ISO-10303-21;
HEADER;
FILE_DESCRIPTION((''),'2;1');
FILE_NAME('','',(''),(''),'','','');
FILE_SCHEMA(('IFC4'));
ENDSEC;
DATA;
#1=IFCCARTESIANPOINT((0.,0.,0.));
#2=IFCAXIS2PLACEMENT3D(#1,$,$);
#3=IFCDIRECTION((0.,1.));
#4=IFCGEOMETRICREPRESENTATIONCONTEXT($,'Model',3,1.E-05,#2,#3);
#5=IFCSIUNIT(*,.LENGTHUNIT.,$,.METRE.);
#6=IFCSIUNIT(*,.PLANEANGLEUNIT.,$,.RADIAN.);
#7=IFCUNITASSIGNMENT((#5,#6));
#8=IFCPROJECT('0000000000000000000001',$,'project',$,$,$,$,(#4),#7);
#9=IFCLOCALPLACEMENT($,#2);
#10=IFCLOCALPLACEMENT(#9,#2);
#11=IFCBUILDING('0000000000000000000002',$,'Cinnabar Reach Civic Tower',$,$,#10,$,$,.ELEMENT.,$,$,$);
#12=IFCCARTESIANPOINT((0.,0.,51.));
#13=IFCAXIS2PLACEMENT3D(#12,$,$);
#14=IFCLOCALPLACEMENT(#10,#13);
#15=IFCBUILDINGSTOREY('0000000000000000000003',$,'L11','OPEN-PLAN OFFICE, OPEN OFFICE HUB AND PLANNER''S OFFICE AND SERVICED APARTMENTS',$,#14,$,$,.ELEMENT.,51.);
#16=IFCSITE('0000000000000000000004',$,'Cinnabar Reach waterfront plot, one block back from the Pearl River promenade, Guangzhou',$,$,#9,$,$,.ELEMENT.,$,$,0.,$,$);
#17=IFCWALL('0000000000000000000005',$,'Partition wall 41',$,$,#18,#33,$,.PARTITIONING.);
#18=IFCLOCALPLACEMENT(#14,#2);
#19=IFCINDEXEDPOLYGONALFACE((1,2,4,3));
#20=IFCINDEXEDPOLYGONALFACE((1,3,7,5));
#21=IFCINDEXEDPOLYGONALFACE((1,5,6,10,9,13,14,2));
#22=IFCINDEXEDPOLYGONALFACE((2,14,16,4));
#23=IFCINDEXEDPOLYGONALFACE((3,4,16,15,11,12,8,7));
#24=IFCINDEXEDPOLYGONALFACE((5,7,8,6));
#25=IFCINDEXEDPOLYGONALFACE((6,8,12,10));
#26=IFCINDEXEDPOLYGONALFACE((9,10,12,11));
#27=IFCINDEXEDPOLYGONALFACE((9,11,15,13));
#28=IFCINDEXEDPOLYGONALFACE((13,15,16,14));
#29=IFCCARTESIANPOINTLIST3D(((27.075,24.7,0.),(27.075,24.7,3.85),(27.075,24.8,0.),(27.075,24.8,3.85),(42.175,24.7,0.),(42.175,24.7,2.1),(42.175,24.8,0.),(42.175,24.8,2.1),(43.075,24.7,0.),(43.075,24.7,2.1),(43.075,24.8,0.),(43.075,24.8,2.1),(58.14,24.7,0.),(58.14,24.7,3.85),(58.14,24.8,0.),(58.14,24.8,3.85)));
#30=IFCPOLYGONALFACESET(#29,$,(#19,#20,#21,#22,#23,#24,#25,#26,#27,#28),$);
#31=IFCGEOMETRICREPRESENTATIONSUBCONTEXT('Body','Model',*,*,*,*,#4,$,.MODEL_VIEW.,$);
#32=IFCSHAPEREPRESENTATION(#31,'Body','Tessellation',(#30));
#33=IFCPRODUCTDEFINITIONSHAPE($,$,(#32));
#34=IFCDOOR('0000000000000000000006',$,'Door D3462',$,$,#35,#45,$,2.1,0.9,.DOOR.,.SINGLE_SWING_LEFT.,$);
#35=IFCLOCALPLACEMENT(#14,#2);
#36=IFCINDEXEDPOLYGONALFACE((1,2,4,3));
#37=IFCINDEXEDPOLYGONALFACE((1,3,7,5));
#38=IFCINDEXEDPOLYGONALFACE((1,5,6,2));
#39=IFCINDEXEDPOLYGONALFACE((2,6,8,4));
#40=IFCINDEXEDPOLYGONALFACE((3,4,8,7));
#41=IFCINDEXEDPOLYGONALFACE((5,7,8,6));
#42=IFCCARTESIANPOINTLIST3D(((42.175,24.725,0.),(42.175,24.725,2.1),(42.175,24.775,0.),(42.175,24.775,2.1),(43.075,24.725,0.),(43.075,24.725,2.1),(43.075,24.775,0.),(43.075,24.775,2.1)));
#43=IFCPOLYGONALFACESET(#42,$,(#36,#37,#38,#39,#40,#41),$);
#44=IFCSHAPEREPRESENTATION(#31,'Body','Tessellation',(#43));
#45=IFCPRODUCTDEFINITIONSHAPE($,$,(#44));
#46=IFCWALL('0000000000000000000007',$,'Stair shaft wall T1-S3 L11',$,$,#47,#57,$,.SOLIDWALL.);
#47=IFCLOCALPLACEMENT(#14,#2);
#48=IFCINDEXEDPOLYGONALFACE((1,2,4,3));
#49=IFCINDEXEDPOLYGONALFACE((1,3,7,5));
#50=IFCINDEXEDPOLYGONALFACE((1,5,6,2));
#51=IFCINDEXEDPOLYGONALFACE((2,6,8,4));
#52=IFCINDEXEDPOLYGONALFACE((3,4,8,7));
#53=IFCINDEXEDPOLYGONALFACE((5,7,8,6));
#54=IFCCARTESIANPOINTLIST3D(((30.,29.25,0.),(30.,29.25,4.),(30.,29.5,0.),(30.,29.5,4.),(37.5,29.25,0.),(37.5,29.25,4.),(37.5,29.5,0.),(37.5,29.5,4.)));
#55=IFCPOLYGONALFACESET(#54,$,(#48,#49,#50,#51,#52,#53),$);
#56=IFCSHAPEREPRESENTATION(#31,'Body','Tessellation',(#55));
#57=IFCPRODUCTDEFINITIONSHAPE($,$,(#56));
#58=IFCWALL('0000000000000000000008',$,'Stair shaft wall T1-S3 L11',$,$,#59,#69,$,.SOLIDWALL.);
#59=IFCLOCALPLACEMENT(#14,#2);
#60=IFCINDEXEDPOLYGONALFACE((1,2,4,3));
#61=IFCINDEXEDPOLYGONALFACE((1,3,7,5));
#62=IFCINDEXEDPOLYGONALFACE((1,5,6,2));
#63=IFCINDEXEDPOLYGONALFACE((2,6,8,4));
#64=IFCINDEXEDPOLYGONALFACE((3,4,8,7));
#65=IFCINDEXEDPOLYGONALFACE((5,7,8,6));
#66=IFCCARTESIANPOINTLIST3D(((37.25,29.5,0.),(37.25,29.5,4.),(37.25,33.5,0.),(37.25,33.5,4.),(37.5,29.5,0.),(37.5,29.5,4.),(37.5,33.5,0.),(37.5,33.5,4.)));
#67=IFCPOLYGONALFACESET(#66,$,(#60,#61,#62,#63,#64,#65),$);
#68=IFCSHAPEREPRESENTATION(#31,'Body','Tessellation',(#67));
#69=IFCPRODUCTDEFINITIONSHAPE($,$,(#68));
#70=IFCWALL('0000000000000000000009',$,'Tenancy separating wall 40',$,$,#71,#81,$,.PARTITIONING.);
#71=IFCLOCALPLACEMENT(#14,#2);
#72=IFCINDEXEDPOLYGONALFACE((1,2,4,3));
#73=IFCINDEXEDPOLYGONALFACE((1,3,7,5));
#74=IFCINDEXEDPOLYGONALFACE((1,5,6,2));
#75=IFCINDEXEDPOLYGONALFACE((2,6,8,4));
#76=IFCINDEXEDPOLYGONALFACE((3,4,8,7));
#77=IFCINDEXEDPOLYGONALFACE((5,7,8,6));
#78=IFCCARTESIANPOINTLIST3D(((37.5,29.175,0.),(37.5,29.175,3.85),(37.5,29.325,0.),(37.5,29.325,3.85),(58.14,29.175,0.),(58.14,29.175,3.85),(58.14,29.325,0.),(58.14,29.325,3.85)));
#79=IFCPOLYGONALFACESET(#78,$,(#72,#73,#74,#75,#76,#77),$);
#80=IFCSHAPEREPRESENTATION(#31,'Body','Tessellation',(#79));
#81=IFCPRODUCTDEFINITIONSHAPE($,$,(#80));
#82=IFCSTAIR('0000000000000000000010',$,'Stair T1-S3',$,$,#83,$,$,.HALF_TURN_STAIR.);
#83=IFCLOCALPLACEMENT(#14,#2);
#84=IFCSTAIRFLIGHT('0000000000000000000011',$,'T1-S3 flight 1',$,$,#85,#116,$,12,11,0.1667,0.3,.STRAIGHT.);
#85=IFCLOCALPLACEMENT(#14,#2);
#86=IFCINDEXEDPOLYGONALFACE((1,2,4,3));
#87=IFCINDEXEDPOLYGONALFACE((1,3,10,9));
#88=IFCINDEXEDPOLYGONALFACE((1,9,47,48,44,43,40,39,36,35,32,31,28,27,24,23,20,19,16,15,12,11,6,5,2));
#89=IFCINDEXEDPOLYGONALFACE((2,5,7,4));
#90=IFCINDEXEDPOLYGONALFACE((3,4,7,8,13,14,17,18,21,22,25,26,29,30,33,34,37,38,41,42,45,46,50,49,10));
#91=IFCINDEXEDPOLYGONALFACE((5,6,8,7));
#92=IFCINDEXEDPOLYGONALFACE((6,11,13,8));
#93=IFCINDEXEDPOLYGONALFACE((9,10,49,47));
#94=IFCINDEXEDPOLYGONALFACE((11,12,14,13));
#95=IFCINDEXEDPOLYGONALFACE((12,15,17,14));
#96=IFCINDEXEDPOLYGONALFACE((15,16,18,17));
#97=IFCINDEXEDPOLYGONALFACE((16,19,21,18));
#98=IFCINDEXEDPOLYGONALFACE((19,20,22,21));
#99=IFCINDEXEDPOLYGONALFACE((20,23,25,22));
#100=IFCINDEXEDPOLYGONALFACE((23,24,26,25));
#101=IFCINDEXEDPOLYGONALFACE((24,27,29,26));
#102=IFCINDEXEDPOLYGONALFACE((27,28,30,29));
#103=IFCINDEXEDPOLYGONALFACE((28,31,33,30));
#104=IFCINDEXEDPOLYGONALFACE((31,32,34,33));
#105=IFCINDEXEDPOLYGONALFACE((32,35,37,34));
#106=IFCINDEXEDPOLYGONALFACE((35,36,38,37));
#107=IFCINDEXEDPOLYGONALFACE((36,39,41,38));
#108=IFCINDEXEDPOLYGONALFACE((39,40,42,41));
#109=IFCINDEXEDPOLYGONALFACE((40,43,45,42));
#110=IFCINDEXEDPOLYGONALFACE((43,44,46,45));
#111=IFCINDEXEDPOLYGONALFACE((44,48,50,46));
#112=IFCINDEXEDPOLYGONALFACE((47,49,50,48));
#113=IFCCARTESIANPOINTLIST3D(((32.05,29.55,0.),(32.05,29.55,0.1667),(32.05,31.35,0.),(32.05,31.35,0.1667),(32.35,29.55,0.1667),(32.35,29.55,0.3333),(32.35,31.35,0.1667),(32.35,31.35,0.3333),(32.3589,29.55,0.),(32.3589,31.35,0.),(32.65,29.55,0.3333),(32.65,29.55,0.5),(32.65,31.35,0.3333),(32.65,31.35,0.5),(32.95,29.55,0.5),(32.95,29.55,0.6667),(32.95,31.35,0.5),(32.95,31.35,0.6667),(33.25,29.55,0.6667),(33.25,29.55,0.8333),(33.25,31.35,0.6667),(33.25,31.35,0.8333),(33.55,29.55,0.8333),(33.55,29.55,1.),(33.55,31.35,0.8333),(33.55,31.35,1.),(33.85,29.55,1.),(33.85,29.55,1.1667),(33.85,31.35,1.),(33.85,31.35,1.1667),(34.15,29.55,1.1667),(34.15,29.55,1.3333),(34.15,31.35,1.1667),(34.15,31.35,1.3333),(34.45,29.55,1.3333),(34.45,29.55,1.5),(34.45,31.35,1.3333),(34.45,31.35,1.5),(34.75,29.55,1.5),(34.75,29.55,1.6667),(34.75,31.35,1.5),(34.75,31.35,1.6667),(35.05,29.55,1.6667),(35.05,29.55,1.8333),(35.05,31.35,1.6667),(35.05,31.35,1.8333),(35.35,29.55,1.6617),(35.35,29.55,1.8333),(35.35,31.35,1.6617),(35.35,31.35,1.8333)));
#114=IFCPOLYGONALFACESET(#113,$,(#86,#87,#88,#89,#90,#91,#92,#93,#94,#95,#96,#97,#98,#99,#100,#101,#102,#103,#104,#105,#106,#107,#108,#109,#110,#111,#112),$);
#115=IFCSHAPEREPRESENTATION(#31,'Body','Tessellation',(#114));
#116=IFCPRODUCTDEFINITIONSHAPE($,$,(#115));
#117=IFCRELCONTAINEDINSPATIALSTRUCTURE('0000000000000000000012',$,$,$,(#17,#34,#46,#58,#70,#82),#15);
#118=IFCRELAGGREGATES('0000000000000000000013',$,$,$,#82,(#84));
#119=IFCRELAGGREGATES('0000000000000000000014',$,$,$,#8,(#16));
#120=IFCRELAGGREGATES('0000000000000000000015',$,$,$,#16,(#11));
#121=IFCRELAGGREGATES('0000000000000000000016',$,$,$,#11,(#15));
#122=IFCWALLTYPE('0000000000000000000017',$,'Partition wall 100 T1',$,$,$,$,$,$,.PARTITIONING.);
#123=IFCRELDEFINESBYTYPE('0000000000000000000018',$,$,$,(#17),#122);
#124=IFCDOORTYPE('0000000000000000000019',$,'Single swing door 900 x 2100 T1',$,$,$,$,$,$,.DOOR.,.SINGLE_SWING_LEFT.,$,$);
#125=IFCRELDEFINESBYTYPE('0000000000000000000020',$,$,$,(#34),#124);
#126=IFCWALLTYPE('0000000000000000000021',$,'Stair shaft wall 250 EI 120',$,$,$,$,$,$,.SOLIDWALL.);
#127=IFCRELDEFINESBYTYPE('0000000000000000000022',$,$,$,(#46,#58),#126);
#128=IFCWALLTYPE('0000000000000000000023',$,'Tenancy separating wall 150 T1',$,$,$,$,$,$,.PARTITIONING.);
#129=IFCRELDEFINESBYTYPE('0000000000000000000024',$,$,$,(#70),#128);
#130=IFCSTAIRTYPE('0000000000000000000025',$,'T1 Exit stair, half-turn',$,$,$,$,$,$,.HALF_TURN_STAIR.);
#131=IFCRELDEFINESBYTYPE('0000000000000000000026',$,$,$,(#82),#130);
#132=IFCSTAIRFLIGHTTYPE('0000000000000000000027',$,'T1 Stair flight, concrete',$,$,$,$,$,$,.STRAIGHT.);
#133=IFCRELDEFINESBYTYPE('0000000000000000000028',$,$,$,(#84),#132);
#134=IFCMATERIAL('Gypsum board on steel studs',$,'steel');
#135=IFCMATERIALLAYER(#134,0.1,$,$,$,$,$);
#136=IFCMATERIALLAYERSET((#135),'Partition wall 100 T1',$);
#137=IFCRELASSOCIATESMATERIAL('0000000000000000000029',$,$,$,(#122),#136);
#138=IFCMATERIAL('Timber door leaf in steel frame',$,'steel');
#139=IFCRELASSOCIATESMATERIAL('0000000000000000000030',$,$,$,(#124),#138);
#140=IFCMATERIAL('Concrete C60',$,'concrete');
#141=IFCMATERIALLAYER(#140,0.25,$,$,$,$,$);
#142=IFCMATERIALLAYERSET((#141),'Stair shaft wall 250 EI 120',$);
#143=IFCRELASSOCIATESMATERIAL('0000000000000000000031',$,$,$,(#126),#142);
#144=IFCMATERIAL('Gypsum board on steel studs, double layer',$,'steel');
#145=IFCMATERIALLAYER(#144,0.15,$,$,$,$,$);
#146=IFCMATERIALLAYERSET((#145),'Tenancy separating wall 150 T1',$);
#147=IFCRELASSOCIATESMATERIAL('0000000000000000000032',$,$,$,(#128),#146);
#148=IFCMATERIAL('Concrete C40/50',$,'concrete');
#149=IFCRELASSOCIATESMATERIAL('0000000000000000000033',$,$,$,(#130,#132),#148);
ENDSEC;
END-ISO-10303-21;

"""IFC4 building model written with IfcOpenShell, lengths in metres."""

from ifc_helpers import new_model, si_unit, direction, frame, frame_2d, origin, place, context, subcontext, project, spatial, polyline, rectangle, outline, extrude, material, layer, layer_set, type_object, element, fill, aggregate, save


model = new_model("IFC4")

# Units and contexts
model_context = context("Model", 3, precision=1e-05, world=origin(), true_north=direction((0.0, 1.0)))
body_context = subcontext(model_context, "Body", "Model", "MODEL_VIEW")
ifc_project = project(units=[si_unit("LENGTHUNIT", "METRE"), si_unit("PLANEANGLEUNIT", "RADIAN")], contexts=[model_context])

# Site, building, storey
site_placement = place(None, origin())
site = spatial("IfcSite", under=ifc_project, at=site_placement, Name="Cinnabar Reach waterfront plot, one block back from the Pearl River promenade, Guangzhou", CompositionType="ELEMENT", RefElevation=0.0)
building_placement = place(site_placement, origin())
building = spatial("IfcBuilding", under=site, at=building_placement, Name="Cinnabar Reach Civic Tower", CompositionType="ELEMENT")
storey_placement = place(building_placement, frame((0.0, 0.0, 51.0)))
storey = spatial("IfcBuildingStorey", under=building, at=storey_placement, Name="L11", Description="OPEN-PLAN OFFICE, OPEN OFFICE HUB AND PLANNER'S OFFICE AND SERVICED APARTMENTS", CompositionType="ELEMENT", Elevation=51.0)

# Shared definitions
ifc_material_1 = material(Name="Gypsum board on steel studs, double layer", Category="steel")

# Wall, opening, door
ifc_material_2 = material(Name="Gypsum board on steel studs", Category="steel")
ifc_layer_1 = layer(ifc_material_2, 0.1)
ifc_layer_set_1 = layer_set([ifc_layer_1], Name="Partition wall 100 T1")
wall_type_1 = type_object("IfcWallType", Name="Partition wall 100 T1", PredefinedType="PARTITIONING", material=ifc_layer_set_1)
wall_1_placement = place(storey_placement, frame((27.075, 24.75, 0.0), z_axis=(0.0, 0.0, 1.0), x_axis=(1.0, 0.0, 0.0)))
wall_1 = element("IfcWall", 1, at=wall_1_placement, inside=storey, type_object=wall_type_1, Name="Partition wall 41", PredefinedType="PARTITIONING", context=body_context, shape_type="SweptSolid", body=[
    extrude(rectangle(XDim=31.065, YDim=0.1, at=frame_2d((15.5325, 0.0))), origin(), (0.0, 0.0, 1.0), 3.85),
])
opening_placement = place(wall_1_placement, frame((15.1, 0.0, 0.0)))
opening = element("IfcOpeningElement", 2, at=opening_placement, cuts=wall_1, PredefinedType="OPENING", context=body_context, shape_type="SweptSolid", body=[
    extrude(rectangle(XDim=0.9, YDim=2.1, at=frame_2d((0.45, 1.05))), frame((0.0, 0.06, 0.0), z_axis=(0.0, -1.0, 0.0), x_axis=(1.0, 0.0, 0.0)), (0.0, 0.0, 1.0), 0.12),
])
ifc_material_3 = material(Name="Timber door leaf in steel frame", Category="steel")
door_type = type_object("IfcDoorType", Name="Single swing door 900 x 2100 T1", OperationType="SINGLE_SWING_LEFT", PredefinedType="DOOR", material=ifc_material_3)
door_placement = place(opening_placement, frame((0.9, 0.0, 0.0), z_axis=(0.0, 0.0, 1.0), x_axis=(-1.0, 0.0, 0.0)))
door = element("IfcDoor", 3, at=door_placement, inside=storey, type_object=door_type, Name="Door D3462", OperationType="SINGLE_SWING_LEFT", OverallHeight=2.1, OverallWidth=0.9, PredefinedType="DOOR", context=body_context, shape_type="SweptSolid", body=[
    extrude(rectangle(XDim=0.9, YDim=2.1, at=frame_2d((0.45, 1.05))), frame((0.0, 0.025, 0.0), z_axis=(0.0, -1.0, 0.0), x_axis=(1.0, 0.0, 0.0)), (0.0, 0.0, 1.0), 0.05),
])
fill(opening, door)

# Walls
ifc_material_4 = material(Name="Concrete C60", Category="concrete")
ifc_layer_2 = layer(ifc_material_4, 0.25)
ifc_layer_set_2 = layer_set([ifc_layer_2], Name="Stair shaft wall 250 EI 120")
wall_type_2 = type_object("IfcWallType", Name="Stair shaft wall 250 EI 120", PredefinedType="SOLIDWALL", material=ifc_layer_set_2)
wall_2_placement = place(storey_placement, frame((30.0, 29.375, 0.0), z_axis=(0.0, 0.0, 1.0), x_axis=(1.0, 0.0, 0.0)))
element("IfcWall", 4, at=wall_2_placement, inside=storey, type_object=wall_type_2, Name="Stair shaft wall T1-S3 L11", PredefinedType="SOLIDWALL", context=body_context, shape_type="SweptSolid", body=[
    extrude(rectangle(XDim=7.5, YDim=0.25, at=frame_2d((3.75, 0.0))), origin(), (0.0, 0.0, 1.0), 4.0),
])
wall_3_placement = place(storey_placement, frame((37.375, 29.5, 0.0), z_axis=(0.0, 0.0, 1.0), x_axis=(0.0, 1.0, 0.0)))
element("IfcWall", 5, at=wall_3_placement, inside=storey, type_object=wall_type_2, Name="Stair shaft wall T1-S3 L11", PredefinedType="SOLIDWALL", context=body_context, shape_type="SweptSolid", body=[
    extrude(rectangle(XDim=4.0, YDim=0.25, at=frame_2d((2.0, 0.0))), origin(), (0.0, 0.0, 1.0), 4.0),
])
ifc_layer_3 = layer(ifc_material_1, 0.15)
ifc_layer_set_3 = layer_set([ifc_layer_3], Name="Tenancy separating wall 150 T1")
wall_type_3 = type_object("IfcWallType", Name="Tenancy separating wall 150 T1", PredefinedType="PARTITIONING", material=ifc_layer_set_3)
wall_4_placement = place(storey_placement, frame((37.5, 29.25, 0.0), z_axis=(0.0, 0.0, 1.0), x_axis=(1.0, 0.0, 0.0)))
element("IfcWall", 6, at=wall_4_placement, inside=storey, type_object=wall_type_3, Name="Tenancy separating wall 40", PredefinedType="PARTITIONING", context=body_context, shape_type="SweptSolid", body=[
    extrude(rectangle(XDim=20.64, YDim=0.15, at=frame_2d((10.32, 0.0))), origin(), (0.0, 0.0, 1.0), 3.85),
])

# Stair, stair flight
ifc_material_5 = material(Name="Concrete C40/50", Category="concrete")
stair_type = type_object("IfcStairType", Name="T1 Exit stair, half-turn", PredefinedType="HALF_TURN_STAIR", material=ifc_material_5)
stair_placement = place(storey_placement, origin())
stair = element("IfcStair", 7, at=stair_placement, inside=storey, type_object=stair_type, Name="Stair T1-S3", PredefinedType="HALF_TURN_STAIR")
stair_flight_type = type_object("IfcStairFlightType", Name="T1 Stair flight, concrete", PredefinedType="STRAIGHT", material=ifc_material_5)
stair_flight_placement = place(storey_placement, frame((32.05, 30.45, 0.0), z_axis=(0.0, 0.0, 1.0), x_axis=(1.0, 0.0, 0.0)))
stair_flight = element("IfcStairFlight", 8, at=stair_flight_placement, type_object=stair_flight_type, Name="T1-S3 flight 1", NumberOfRisers=12, NumberOfTreads=11, PredefinedType="STRAIGHT", RiserHeight=0.1667, TreadLength=0.3, context=body_context, shape_type="SweptSolid", body=[
    extrude(outline(polyline([(0.0, 0.0), (0.0, 0.1667), (0.3, 0.1667), (0.3, 0.3333), (0.6, 0.3333), (0.6, 0.5), (0.9, 0.5), (0.9, 0.6667), (1.2, 0.6667), (1.2, 0.8333), (1.5, 0.8333), (1.5, 1.0), (1.8, 1.0), (1.8, 1.1667), (2.1, 1.1667), (2.1, 1.3333), (2.4, 1.3333), (2.4, 1.5), (2.7, 1.5), (2.7, 1.6667), (3.0, 1.6667), (3.0, 1.8333), (3.3, 1.8333), (3.3, 2.0), (3.3, 1.6617), (0.3089, 0.0), (0.0, 0.0)])), frame((0.0, 0.9, 0.0), z_axis=(0.0, -1.0, 0.0), x_axis=(1.0, 0.0, 0.0)), (0.0, 0.0, 1.0), 1.8),
])
aggregate(stair, [stair_flight])

save(model, "model.ifc")
